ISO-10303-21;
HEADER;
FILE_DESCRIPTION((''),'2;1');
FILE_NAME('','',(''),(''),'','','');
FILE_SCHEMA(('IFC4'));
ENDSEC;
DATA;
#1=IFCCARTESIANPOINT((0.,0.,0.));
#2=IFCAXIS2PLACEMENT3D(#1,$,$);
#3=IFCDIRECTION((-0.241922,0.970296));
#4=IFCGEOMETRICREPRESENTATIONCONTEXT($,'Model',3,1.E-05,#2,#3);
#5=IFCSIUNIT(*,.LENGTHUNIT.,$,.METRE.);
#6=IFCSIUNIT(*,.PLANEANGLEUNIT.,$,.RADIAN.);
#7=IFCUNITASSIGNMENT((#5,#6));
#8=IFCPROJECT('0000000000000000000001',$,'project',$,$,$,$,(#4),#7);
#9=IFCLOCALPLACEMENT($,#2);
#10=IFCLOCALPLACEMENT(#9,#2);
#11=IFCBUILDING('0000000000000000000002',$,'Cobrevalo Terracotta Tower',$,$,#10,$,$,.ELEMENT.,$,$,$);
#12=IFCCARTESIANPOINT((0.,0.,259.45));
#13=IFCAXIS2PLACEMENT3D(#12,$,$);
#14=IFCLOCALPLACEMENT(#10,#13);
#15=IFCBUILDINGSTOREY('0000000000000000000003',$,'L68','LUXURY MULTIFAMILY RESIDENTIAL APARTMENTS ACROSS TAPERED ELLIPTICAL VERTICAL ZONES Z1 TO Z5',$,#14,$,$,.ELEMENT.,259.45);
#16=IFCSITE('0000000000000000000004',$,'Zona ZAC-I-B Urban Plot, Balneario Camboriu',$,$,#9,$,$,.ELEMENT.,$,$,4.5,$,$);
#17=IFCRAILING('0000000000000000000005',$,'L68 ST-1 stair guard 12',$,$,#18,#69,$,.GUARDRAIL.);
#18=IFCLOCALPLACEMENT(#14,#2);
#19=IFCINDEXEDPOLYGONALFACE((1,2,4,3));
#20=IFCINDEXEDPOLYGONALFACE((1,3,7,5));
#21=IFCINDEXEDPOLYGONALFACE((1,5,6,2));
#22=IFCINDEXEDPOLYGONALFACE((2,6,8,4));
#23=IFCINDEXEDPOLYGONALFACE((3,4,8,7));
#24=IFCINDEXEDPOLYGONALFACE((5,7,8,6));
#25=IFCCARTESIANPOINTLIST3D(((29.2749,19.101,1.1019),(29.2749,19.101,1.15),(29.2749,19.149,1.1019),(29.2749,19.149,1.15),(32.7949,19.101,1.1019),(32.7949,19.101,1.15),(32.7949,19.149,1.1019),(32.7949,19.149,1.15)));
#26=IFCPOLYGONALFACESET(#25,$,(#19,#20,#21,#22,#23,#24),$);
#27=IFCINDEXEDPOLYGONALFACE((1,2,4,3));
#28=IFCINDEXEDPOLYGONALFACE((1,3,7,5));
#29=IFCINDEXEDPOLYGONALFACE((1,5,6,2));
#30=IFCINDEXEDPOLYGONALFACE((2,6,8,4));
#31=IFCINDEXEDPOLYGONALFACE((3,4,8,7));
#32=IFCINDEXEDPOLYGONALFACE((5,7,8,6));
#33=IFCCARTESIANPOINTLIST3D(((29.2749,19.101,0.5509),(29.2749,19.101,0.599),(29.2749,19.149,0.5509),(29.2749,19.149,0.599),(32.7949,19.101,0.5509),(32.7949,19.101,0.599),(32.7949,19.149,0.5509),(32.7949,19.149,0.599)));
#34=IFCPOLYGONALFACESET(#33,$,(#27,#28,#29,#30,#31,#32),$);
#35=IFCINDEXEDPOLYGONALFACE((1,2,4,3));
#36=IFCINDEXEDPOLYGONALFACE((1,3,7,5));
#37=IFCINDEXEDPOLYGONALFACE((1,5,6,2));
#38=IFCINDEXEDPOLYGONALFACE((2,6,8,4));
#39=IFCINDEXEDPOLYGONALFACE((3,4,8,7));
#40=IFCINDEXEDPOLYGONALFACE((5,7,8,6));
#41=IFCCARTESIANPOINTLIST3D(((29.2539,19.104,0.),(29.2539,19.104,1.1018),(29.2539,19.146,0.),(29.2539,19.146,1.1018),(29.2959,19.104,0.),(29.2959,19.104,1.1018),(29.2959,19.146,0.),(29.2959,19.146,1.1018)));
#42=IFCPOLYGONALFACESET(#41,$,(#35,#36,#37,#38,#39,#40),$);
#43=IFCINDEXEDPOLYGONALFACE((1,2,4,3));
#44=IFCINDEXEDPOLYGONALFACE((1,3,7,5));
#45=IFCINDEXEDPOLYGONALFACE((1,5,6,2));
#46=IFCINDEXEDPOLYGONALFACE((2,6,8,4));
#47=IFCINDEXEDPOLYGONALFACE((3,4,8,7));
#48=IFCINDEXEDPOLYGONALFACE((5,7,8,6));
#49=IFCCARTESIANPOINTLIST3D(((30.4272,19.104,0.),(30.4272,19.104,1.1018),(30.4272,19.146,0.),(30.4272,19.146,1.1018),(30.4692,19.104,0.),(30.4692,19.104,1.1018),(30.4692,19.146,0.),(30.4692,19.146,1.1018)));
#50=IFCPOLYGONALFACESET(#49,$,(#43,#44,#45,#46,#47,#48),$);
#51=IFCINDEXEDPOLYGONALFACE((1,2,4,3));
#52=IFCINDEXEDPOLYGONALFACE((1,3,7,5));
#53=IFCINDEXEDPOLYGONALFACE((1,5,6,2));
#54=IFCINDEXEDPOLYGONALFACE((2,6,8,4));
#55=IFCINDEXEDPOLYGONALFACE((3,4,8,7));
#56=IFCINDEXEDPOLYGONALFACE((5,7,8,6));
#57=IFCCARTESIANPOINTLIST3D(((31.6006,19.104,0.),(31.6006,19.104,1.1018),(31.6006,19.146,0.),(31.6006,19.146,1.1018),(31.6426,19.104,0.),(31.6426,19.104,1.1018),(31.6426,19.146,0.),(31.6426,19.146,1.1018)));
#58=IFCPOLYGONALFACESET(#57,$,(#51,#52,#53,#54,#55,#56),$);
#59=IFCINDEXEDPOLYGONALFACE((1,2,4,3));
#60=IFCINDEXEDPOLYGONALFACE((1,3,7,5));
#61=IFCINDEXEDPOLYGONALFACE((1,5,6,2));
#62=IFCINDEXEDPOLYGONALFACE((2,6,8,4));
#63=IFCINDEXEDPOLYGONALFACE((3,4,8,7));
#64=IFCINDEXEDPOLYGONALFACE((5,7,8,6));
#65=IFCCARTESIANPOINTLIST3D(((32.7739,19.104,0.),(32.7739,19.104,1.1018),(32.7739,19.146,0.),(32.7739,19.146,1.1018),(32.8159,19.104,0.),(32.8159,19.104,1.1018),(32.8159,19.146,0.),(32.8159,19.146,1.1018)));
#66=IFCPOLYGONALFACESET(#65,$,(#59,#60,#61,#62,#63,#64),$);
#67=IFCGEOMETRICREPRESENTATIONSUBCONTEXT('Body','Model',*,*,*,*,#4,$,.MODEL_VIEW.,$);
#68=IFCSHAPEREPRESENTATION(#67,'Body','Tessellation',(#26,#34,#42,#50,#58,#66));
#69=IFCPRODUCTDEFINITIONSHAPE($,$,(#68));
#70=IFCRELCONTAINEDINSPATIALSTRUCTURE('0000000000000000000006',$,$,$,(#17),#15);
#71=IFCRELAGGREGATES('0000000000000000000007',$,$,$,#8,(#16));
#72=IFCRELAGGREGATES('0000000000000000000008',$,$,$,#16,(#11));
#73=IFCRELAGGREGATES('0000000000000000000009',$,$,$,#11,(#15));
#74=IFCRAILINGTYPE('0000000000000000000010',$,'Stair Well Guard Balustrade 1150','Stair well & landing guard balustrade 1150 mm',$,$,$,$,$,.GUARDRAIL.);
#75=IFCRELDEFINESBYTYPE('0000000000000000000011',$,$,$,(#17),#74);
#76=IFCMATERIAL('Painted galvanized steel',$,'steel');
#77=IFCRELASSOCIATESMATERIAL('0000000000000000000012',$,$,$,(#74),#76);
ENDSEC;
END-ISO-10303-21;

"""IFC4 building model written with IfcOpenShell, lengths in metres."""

from ifc_helpers import new_model, si_unit, direction, frame, origin, origin_2d, place, context, subcontext, project, spatial, rectangle, extrude, material, type_object, element, save


model = new_model("IFC4")

# Units and contexts
model_context = context("Model", 3, precision=1e-05, world=origin(), true_north=direction((-0.241922, 0.970296)))
body_context = subcontext(model_context, "Body", "Model", "MODEL_VIEW")
ifc_project = project(units=[si_unit("LENGTHUNIT", "METRE"), si_unit("PLANEANGLEUNIT", "RADIAN")], contexts=[model_context])

# Site, building, storey
site_placement = place(None, origin())
site = spatial("IfcSite", under=ifc_project, at=site_placement, Name="Zona ZAC-I-B Urban Plot, Balneario Camboriu", CompositionType="ELEMENT", RefElevation=4.5)
building_placement = place(site_placement, origin())
building = spatial("IfcBuilding", under=site, at=building_placement, Name="Cobrevalo Terracotta Tower", CompositionType="ELEMENT")
storey_placement = place(building_placement, frame((0.0, 0.0, 259.45)))
storey = spatial("IfcBuildingStorey", under=building, at=storey_placement, Name="L68", Description="LUXURY MULTIFAMILY RESIDENTIAL APARTMENTS ACROSS TAPERED ELLIPTICAL VERTICAL ZONES Z1 TO Z5", CompositionType="ELEMENT", Elevation=259.45)

# Railing
ifc_material_1 = material(Name="Painted galvanized steel", Category="steel")
railing_type_1 = type_object("IfcRailingType", Name="Stair Well Guard Balustrade 1150", Description="Stair well & landing guard balustrade 1150 mm", PredefinedType="GUARDRAIL", material=ifc_material_1)
railing_1_placement = place(storey_placement, frame((29.2749, 19.125, 0.0)))
element("IfcRailing", 1, at=railing_1_placement, inside=storey, type_object=railing_type_1, Name="L68 ST-1 stair guard 12", PredefinedType="GUARDRAIL", context=body_context, shape_type="SweptSolid", body=[
    extrude(rectangle(XDim=0.0481, YDim=0.0481, at=origin_2d()), frame((0.0, 0.0, 1.126), z_axis=(1.0, 0.0, 0.0), x_axis=(0.0, 1.0, 0.0)), (0.0, 0.0, 1.0), 3.52),
    extrude(rectangle(XDim=0.0481, YDim=0.0481, at=origin_2d()), frame((0.0, 0.0, 0.575), z_axis=(1.0, 0.0, 0.0), x_axis=(0.0, 1.0, 0.0)), (0.0, 0.0, 1.0), 3.52),
    extrude(rectangle(XDim=0.042, YDim=0.042, at=origin_2d()), origin(), (0.0, 0.0, 1.0), 1.1018),
    extrude(rectangle(XDim=0.042, YDim=0.042, at=origin_2d()), frame((1.1733, 0.0, 0.0)), (0.0, 0.0, 1.0), 1.1018),
    extrude(rectangle(XDim=0.042, YDim=0.042, at=origin_2d()), frame((2.3467, 0.0, 0.0)), (0.0, 0.0, 1.0), 1.1018),
    extrude(rectangle(XDim=0.042, YDim=0.042, at=origin_2d()), frame((3.52, 0.0, 0.0)), (0.0, 0.0, 1.0), 1.1018),
])

save(model, "model.ifc")
